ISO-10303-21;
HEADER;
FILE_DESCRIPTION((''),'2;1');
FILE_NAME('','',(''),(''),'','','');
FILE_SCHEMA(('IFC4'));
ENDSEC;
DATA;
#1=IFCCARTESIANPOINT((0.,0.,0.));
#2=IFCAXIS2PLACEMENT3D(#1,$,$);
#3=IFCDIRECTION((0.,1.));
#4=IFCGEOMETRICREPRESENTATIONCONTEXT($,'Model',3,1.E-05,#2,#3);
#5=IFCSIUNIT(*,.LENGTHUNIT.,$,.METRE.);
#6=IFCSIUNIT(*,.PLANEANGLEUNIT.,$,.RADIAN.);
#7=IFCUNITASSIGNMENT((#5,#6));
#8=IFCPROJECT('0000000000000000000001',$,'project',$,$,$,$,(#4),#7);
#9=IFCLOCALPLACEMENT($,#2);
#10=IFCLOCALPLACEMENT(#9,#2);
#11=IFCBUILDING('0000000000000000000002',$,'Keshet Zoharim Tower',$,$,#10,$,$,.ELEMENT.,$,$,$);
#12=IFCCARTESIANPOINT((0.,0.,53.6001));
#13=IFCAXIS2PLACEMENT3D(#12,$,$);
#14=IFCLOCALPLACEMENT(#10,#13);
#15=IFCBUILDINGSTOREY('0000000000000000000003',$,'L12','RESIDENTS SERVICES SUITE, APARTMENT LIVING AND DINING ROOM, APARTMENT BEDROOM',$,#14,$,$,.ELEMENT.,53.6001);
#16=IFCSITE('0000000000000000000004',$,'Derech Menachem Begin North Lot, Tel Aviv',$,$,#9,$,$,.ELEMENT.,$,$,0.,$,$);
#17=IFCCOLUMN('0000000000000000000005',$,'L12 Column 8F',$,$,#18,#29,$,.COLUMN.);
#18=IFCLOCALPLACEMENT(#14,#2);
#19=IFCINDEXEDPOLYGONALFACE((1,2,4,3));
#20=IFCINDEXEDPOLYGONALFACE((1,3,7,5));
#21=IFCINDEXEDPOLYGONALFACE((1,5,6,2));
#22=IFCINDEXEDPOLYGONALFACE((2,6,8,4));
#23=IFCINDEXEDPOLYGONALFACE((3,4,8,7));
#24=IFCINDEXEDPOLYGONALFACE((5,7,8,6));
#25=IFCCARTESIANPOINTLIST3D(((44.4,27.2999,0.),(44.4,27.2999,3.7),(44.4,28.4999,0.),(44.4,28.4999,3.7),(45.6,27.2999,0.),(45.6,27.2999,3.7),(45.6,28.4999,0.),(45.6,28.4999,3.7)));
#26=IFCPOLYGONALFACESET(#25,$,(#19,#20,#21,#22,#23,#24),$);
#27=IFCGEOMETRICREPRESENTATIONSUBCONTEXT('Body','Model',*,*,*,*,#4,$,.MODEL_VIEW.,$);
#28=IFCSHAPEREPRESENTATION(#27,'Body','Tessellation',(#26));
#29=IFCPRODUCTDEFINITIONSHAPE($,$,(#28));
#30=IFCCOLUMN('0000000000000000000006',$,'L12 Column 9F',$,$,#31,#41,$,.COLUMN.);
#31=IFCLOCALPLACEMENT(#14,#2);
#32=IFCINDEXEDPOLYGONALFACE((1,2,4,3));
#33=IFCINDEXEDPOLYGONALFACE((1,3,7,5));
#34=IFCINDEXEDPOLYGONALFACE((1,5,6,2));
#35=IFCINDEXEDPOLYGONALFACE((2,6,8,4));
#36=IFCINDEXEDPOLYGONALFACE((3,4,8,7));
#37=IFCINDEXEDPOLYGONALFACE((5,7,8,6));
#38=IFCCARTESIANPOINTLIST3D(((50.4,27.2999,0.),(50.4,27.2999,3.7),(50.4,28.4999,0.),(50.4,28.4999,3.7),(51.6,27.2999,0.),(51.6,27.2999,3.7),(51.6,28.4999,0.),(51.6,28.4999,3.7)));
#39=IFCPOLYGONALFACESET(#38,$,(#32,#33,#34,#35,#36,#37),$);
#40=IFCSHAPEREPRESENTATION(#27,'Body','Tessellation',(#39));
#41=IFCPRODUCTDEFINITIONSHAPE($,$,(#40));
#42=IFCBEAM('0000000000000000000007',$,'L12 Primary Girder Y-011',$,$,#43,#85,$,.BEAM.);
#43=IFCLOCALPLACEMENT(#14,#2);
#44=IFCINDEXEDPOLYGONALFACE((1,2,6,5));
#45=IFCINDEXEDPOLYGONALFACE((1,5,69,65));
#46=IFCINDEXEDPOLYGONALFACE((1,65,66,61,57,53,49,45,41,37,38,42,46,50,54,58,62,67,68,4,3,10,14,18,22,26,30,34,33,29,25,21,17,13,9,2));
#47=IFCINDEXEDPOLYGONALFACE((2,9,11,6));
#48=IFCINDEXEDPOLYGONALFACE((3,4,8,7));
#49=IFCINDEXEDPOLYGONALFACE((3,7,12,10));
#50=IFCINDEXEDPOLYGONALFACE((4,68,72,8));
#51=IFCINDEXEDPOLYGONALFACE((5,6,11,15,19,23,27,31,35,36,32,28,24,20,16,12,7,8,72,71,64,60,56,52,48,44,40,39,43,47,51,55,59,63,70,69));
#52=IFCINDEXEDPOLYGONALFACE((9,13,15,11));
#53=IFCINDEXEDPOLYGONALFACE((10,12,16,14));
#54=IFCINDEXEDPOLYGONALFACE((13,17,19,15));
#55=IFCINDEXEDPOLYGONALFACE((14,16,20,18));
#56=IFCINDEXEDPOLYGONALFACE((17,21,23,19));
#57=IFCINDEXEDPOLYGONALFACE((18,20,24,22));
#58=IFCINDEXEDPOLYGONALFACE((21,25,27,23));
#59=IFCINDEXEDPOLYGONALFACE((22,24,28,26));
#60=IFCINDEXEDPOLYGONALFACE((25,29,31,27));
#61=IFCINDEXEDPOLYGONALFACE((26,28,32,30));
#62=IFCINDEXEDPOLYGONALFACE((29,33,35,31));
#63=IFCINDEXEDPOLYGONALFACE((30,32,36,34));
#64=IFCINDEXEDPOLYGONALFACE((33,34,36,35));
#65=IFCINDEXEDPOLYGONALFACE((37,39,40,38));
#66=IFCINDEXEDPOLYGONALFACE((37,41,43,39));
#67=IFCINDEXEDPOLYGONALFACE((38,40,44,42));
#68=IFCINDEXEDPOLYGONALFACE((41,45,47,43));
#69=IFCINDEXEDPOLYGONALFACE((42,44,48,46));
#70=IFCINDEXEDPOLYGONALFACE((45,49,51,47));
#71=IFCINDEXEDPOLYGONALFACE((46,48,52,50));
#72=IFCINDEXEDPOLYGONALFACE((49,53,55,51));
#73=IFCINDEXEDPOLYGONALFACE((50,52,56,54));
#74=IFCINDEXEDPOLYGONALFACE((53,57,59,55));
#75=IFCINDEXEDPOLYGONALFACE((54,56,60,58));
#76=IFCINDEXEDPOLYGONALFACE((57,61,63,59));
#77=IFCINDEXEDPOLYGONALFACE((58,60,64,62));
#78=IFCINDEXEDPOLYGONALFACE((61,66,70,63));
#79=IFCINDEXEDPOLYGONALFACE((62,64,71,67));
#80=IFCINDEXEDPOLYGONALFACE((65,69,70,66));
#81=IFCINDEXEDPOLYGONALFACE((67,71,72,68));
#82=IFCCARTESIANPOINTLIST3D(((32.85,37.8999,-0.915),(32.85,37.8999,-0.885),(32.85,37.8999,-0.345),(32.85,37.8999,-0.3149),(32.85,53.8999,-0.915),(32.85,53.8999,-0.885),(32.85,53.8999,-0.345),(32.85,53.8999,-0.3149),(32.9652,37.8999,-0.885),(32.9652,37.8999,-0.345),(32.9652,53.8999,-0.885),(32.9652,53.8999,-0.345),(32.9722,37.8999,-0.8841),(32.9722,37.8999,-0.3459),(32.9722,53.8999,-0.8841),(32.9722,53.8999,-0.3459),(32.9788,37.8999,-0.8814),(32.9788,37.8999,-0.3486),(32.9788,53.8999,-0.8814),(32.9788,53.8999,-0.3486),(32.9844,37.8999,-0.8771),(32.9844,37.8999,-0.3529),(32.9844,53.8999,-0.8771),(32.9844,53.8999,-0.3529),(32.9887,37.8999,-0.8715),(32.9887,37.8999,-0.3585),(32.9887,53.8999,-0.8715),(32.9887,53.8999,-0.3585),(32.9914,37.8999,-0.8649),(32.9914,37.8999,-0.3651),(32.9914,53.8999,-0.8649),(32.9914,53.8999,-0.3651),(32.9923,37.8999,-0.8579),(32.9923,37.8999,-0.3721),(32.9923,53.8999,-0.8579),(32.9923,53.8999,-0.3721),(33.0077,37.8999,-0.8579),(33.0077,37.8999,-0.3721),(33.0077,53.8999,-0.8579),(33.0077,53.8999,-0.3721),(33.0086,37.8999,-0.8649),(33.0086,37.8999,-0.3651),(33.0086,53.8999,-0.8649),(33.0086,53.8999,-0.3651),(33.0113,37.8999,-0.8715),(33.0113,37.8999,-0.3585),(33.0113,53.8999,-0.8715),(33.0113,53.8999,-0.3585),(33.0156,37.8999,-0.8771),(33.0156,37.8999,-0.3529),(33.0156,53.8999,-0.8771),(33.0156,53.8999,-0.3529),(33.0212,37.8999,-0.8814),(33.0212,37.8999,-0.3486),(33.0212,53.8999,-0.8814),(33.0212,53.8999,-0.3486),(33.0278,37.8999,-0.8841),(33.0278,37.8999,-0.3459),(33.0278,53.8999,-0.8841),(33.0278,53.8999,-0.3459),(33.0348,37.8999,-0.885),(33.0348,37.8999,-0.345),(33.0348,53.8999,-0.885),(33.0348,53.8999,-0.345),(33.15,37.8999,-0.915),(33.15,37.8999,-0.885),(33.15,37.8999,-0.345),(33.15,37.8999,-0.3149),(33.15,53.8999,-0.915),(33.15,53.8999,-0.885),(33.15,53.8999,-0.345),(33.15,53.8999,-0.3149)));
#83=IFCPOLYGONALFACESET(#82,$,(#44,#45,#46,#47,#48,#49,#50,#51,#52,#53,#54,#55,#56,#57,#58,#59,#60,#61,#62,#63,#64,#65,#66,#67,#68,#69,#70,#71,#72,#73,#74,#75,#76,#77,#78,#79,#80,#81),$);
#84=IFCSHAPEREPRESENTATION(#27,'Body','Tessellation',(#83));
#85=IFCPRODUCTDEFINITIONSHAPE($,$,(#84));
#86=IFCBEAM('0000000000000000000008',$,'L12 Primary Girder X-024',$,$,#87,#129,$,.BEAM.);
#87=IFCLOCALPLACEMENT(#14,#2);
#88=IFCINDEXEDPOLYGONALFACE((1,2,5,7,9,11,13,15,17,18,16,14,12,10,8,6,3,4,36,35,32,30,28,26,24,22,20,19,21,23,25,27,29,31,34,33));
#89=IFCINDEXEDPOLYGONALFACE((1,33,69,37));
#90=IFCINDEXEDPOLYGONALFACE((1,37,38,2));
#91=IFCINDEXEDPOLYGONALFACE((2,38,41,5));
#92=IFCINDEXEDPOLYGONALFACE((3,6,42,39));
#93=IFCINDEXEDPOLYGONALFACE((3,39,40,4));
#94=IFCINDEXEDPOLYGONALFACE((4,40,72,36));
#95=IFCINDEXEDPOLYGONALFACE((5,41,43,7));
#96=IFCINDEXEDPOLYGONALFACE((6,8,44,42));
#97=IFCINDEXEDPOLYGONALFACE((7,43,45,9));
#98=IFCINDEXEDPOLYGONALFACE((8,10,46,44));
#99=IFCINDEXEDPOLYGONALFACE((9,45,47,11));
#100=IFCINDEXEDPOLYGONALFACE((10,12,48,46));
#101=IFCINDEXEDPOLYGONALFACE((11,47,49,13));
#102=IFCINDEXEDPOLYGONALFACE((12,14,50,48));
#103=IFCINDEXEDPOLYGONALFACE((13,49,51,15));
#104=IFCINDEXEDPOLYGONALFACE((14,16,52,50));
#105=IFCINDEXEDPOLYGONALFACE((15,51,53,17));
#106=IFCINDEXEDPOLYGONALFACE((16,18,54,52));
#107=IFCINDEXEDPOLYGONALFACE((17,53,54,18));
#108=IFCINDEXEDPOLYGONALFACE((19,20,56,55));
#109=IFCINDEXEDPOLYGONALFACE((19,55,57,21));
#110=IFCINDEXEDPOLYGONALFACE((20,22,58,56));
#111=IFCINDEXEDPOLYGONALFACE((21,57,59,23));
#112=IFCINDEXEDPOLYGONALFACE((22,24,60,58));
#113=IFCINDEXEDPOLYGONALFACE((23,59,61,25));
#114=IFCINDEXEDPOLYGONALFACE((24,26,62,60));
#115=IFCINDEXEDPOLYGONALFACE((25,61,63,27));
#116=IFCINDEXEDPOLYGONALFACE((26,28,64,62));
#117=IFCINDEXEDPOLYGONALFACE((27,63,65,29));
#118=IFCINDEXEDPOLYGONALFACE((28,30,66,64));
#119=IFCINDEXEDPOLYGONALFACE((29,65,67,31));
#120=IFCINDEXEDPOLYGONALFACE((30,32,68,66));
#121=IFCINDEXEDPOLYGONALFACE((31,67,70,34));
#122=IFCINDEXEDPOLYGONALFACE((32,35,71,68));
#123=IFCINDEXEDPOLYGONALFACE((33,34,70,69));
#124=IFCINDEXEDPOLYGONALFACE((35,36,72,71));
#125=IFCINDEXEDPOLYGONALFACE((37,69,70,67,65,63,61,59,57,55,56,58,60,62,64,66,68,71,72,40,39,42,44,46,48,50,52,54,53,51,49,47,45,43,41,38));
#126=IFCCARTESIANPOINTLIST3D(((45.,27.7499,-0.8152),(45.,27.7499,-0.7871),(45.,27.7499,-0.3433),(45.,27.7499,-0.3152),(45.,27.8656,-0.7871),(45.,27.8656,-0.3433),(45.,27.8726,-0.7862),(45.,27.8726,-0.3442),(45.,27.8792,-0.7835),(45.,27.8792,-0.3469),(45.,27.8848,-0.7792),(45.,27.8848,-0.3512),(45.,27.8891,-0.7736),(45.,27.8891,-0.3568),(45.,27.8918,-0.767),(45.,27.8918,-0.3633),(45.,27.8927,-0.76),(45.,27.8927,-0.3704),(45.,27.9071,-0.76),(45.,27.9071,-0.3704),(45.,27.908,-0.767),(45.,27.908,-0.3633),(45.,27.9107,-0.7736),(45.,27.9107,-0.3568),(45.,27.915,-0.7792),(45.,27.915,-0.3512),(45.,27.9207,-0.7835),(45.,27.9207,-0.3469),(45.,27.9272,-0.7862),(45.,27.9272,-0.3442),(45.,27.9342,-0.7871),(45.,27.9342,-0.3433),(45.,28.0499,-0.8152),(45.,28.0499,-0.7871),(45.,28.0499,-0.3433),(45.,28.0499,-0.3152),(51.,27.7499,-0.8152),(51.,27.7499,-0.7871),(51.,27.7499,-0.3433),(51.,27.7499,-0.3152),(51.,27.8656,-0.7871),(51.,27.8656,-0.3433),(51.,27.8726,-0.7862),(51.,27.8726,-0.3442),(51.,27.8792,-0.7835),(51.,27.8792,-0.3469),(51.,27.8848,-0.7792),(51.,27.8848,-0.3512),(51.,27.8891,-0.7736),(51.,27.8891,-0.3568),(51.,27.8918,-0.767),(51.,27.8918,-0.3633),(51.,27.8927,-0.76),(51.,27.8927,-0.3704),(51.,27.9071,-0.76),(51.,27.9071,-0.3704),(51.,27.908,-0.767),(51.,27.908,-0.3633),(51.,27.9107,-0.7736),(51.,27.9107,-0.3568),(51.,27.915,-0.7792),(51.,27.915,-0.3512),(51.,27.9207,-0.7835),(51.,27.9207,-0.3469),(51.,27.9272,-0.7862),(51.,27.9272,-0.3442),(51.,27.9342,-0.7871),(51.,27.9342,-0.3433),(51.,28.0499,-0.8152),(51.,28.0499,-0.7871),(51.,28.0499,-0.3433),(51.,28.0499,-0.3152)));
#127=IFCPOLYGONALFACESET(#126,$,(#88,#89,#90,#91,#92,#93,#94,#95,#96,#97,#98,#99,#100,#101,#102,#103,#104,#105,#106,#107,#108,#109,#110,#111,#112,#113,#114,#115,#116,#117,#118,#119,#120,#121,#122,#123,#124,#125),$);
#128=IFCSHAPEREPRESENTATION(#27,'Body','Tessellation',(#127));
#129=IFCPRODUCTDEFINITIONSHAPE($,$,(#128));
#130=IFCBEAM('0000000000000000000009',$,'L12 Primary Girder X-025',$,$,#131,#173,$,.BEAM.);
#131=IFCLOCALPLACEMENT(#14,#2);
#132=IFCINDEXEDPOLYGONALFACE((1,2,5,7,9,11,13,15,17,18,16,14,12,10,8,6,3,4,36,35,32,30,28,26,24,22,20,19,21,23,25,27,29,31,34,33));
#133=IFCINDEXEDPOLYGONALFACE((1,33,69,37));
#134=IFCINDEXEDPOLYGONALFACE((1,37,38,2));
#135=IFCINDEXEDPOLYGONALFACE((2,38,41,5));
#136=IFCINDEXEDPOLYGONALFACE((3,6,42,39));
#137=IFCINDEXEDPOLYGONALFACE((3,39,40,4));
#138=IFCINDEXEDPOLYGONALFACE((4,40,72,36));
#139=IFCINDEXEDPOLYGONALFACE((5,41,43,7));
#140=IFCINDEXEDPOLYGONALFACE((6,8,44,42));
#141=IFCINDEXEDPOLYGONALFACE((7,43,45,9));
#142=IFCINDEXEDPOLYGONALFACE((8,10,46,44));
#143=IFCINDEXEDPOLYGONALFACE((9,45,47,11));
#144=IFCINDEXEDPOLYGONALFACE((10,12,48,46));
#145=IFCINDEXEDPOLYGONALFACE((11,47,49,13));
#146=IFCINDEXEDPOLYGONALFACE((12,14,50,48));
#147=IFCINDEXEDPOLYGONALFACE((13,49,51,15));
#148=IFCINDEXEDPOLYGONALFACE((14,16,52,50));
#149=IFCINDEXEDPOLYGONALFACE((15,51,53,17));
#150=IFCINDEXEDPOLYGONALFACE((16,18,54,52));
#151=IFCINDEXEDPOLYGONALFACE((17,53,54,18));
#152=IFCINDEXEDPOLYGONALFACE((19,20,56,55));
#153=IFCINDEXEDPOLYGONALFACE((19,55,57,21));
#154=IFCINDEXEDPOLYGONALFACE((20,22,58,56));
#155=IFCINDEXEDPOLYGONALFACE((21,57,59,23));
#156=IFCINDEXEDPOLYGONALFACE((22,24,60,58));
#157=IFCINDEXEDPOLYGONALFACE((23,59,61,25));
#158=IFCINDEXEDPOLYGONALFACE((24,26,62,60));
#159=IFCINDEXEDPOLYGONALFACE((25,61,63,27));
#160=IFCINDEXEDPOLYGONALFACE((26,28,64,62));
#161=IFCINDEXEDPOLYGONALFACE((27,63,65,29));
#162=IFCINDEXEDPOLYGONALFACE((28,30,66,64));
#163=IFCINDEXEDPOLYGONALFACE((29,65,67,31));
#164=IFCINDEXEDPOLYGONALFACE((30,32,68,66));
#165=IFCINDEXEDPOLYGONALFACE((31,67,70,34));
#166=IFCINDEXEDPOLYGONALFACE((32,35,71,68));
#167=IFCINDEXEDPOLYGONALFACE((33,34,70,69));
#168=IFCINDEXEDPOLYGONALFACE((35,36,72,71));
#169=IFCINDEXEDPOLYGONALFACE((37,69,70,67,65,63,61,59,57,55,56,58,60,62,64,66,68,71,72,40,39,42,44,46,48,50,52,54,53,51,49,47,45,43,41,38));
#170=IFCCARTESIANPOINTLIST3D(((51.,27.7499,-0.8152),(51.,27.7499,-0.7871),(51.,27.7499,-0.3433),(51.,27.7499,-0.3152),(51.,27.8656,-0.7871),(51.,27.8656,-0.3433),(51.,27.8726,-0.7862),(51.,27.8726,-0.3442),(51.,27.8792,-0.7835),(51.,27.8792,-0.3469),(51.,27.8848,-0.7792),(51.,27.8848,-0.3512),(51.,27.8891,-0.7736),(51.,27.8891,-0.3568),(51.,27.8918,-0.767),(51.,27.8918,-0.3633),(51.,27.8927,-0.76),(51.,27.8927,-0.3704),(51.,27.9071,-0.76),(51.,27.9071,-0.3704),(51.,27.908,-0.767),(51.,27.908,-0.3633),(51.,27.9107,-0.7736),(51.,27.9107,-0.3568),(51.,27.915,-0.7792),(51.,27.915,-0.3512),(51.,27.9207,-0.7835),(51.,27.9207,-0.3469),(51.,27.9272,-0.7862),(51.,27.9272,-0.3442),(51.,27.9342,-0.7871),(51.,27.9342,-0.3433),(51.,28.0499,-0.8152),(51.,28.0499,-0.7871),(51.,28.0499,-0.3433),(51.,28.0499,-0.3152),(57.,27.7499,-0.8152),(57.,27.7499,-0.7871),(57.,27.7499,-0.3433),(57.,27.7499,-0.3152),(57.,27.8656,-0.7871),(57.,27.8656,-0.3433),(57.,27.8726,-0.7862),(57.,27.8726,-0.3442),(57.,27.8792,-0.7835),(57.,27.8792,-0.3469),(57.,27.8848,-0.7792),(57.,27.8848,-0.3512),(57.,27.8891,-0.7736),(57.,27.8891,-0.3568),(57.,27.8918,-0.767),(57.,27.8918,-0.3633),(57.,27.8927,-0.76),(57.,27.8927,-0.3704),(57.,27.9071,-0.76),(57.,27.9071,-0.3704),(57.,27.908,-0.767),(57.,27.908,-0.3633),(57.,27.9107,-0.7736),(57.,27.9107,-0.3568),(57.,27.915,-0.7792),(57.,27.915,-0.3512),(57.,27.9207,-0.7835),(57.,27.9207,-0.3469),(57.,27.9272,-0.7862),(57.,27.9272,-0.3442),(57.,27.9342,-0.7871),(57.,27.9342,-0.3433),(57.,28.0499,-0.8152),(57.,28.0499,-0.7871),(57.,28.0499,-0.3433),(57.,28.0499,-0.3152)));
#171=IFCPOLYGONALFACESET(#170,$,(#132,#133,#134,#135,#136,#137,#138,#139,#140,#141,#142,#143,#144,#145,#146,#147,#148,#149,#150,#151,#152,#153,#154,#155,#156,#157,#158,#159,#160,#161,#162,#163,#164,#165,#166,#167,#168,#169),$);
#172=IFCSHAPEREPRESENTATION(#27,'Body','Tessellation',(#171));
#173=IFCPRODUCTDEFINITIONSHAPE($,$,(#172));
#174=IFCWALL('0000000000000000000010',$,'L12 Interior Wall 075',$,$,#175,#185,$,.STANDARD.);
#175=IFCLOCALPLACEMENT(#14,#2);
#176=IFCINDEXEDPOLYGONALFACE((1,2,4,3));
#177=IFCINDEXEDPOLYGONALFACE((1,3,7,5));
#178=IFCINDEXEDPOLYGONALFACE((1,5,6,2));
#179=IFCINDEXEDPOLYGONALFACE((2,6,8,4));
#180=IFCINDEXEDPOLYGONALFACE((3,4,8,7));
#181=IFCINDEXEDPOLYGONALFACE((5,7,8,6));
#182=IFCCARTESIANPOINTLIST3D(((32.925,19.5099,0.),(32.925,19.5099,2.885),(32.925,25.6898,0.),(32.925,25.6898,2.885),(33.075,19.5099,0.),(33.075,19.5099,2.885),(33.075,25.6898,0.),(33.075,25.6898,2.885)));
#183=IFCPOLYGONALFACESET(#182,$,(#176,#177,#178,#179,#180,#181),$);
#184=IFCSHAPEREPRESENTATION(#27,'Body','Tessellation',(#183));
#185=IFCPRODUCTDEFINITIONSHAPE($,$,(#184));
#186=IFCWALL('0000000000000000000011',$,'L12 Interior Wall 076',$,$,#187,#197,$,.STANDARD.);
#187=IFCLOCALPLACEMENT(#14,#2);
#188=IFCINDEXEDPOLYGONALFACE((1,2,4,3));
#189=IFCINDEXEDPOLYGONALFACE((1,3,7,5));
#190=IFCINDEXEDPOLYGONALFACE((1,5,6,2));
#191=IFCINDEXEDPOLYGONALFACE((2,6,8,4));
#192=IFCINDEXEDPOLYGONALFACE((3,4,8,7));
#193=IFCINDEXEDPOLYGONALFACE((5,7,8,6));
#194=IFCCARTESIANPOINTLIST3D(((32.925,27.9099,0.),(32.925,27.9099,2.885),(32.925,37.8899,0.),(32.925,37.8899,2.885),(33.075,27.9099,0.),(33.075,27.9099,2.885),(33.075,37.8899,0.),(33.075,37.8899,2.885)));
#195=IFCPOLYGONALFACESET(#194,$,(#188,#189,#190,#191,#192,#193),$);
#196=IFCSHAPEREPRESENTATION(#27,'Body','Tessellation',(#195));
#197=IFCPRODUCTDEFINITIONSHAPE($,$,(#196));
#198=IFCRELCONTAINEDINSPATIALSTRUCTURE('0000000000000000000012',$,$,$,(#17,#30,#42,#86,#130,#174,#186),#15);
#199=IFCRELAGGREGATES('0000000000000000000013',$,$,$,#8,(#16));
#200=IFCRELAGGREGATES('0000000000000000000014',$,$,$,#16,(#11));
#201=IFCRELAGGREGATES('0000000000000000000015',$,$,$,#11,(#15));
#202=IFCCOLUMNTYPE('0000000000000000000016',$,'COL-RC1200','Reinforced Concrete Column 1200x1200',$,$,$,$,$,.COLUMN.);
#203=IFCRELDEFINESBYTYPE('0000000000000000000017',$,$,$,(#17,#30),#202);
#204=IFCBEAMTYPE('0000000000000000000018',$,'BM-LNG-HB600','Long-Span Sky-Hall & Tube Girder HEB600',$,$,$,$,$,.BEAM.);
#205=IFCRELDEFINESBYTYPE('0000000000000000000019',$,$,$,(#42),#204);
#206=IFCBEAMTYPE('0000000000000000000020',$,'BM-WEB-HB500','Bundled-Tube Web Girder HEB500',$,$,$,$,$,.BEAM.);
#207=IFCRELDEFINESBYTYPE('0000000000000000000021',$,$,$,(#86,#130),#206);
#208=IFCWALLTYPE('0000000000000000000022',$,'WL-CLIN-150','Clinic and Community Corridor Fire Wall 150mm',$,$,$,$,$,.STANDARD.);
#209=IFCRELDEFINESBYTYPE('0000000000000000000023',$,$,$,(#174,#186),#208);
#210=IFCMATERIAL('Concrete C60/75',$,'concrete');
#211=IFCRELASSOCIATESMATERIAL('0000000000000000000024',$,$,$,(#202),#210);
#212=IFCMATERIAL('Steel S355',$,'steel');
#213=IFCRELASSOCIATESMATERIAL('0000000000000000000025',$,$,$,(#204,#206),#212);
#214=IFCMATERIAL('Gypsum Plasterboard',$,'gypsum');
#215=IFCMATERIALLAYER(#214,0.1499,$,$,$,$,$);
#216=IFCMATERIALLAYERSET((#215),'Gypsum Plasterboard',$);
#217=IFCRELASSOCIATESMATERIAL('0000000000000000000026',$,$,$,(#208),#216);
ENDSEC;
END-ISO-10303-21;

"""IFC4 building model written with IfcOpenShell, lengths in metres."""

from ifc_helpers import new_model, si_unit, direction, frame, frame_2d, origin, origin_2d, place, context, subcontext, project, spatial, rectangle, i_section, extrude, material, layer, layer_set, material_profile, profile_set, type_object, element, save


model = new_model("IFC4")

# Units and contexts
model_context = context("Model", 3, precision=1e-05, world=origin(), true_north=direction((0.0, 1.0)))
body_context = subcontext(model_context, "Body", "Model", "MODEL_VIEW")
ifc_project = project(units=[si_unit("LENGTHUNIT", "METRE"), si_unit("PLANEANGLEUNIT", "RADIAN")], contexts=[model_context])

# Site, building, storey
site_placement = place(None, origin())
site = spatial("IfcSite", under=ifc_project, at=site_placement, Name="Derech Menachem Begin North Lot, Tel Aviv", CompositionType="ELEMENT", RefElevation=0.0)
building_placement = place(site_placement, origin())
building = spatial("IfcBuilding", under=site, at=building_placement, Name="Keshet Zoharim Tower", CompositionType="ELEMENT")
storey_placement = place(building_placement, frame((0.0, 0.0, 53.6001)))
storey = spatial("IfcBuildingStorey", under=building, at=storey_placement, Name="L12", Description="RESIDENTS SERVICES SUITE, APARTMENT LIVING AND DINING ROOM, APARTMENT BEDROOM", CompositionType="ELEMENT", Elevation=53.6001)

# Columns
ifc_material_1 = material(Name="Concrete C60/75", Category="concrete")
ifc_material_profile_1 = material_profile(ifc_material_1, rectangle(XDim=1.2, YDim=1.2, at=origin_2d()), Name="RC1200x1200")
ifc_profile_set_1 = profile_set([ifc_material_profile_1], Name="Concrete C60/75")
column_type = type_object("IfcColumnType", Name="COL-RC1200", Description="Reinforced Concrete Column 1200x1200", PredefinedType="COLUMN", material=ifc_profile_set_1)
for number, where, z_axis, x_axis, name in (
    (1, (45.0, 27.8999, 0.0), (0.0, 0.0, 1.0), (1.0, 0.0, 0.0), "L12 Column 8F"),
    (2, (51.0, 27.8999, 0.0), (0.0, 0.0, 1.0), (1.0, 0.0, 0.0), "L12 Column 9F"),
):
    element("IfcColumn", number, at=place(storey_placement, frame(where, z_axis=z_axis, x_axis=x_axis)), inside=storey, type_object=column_type, Name=name, PredefinedType="COLUMN", context=body_context, shape_type="SweptSolid", body=[
        extrude(rectangle(XDim=1.2, YDim=1.2, at=origin_2d()), origin(), (0.0, 0.0, 1.0), 3.7),
    ])

# Beams
ifc_material_2 = material(Name="Steel S355", Category="steel")
ifc_material_profile_2 = material_profile(ifc_material_2, i_section(OverallWidth=0.3, OverallDepth=0.6001, WebThickness=0.0154, FlangeThickness=0.03, FilletRadius=0.0271, at=origin_2d()), Name="HEB600")
ifc_profile_set_2 = profile_set([ifc_material_profile_2], Name="Steel S355")
beam_type_1 = type_object("IfcBeamType", Name="BM-LNG-HB600", Description="Long-Span Sky-Hall & Tube Girder HEB600", PredefinedType="BEAM", material=ifc_profile_set_2)
beam_placement = place(storey_placement, frame((33.0, 37.8999, -0.615), z_axis=(0.0, 1.0, 0.0), x_axis=(-1.0, 0.0, 0.0)))
element("IfcBeam", 3, at=beam_placement, inside=storey, type_object=beam_type_1, Name="L12 Primary Girder Y-011", PredefinedType="BEAM", context=body_context, shape_type="SweptSolid", body=[
    extrude(i_section(OverallWidth=0.3, OverallDepth=0.6001, WebThickness=0.0154, FlangeThickness=0.03, FilletRadius=0.0271, at=origin_2d()), origin(), (0.0, 0.0, 1.0), 16.0),
])
ifc_material_profile_3 = material_profile(ifc_material_2, i_section(OverallWidth=0.3, OverallDepth=0.5, WebThickness=0.0144, FlangeThickness=0.0281, FilletRadius=0.0271, at=origin_2d()), Name="HEB500")
ifc_profile_set_3 = profile_set([ifc_material_profile_3], Name="Steel S355")
beam_type_2 = type_object("IfcBeamType", Name="BM-WEB-HB500", Description="Bundled-Tube Web Girder HEB500", PredefinedType="BEAM", material=ifc_profile_set_3)
for number, where, z_axis, x_axis, name in (
    (4, (45.0, 27.8999, -0.5652), (1.0, 0.0, 0.0), (0.0, 1.0, 0.0), "L12 Primary Girder X-024"),
    (5, (51.0, 27.8999, -0.5652), (1.0, 0.0, 0.0), (0.0, 1.0, 0.0), "L12 Primary Girder X-025"),
):
    element("IfcBeam", number, at=place(storey_placement, frame(where, z_axis=z_axis, x_axis=x_axis)), inside=storey, type_object=beam_type_2, Name=name, PredefinedType="BEAM", context=body_context, shape_type="SweptSolid", body=[
        extrude(i_section(OverallWidth=0.3, OverallDepth=0.5, WebThickness=0.0144, FlangeThickness=0.0281, FilletRadius=0.0271, at=origin_2d()), origin(), (0.0, 0.0, 1.0), 6.0),
    ])

# Walls
ifc_material_3 = material(Name="Gypsum Plasterboard", Category="gypsum")
ifc_layer_1 = layer(ifc_material_3, 0.1499)
ifc_layer_set_1 = layer_set([ifc_layer_1], Name="Gypsum Plasterboard")
wall_type_1 = type_object("IfcWallType", Name="WL-CLIN-150", Description="Clinic and Community Corridor Fire Wall 150mm", PredefinedType="STANDARD", material=ifc_layer_set_1)
wall_1_placement = place(storey_placement, frame((33.0, 19.51, 0.0), z_axis=(0.0, 0.0, 1.0), x_axis=(0.0, 1.0, 0.0)))
element("IfcWall", 6, at=wall_1_placement, inside=storey, type_object=wall_type_1, Name="L12 Interior Wall 075", PredefinedType="STANDARD", context=body_context, shape_type="SweptSolid", body=[
    extrude(rectangle(XDim=6.1799, YDim=0.1499, at=frame_2d((3.0898, 0.0))), origin(), (0.0, 0.0, 1.0), 2.885),
])
wall_2_placement = place(storey_placement, frame((33.0, 27.9099, 0.0), z_axis=(0.0, 0.0, 1.0), x_axis=(0.0, 1.0, 0.0)))
element("IfcWall", 7, at=wall_2_placement, inside=storey, type_object=wall_type_1, Name="L12 Interior Wall 076", PredefinedType="STANDARD", context=body_context, shape_type="SweptSolid", body=[
    extrude(rectangle(XDim=9.98, YDim=0.1499, at=frame_2d((4.99, 0.0))), origin(), (0.0, 0.0, 1.0), 2.885),
])

save(model, "model.ifc")
